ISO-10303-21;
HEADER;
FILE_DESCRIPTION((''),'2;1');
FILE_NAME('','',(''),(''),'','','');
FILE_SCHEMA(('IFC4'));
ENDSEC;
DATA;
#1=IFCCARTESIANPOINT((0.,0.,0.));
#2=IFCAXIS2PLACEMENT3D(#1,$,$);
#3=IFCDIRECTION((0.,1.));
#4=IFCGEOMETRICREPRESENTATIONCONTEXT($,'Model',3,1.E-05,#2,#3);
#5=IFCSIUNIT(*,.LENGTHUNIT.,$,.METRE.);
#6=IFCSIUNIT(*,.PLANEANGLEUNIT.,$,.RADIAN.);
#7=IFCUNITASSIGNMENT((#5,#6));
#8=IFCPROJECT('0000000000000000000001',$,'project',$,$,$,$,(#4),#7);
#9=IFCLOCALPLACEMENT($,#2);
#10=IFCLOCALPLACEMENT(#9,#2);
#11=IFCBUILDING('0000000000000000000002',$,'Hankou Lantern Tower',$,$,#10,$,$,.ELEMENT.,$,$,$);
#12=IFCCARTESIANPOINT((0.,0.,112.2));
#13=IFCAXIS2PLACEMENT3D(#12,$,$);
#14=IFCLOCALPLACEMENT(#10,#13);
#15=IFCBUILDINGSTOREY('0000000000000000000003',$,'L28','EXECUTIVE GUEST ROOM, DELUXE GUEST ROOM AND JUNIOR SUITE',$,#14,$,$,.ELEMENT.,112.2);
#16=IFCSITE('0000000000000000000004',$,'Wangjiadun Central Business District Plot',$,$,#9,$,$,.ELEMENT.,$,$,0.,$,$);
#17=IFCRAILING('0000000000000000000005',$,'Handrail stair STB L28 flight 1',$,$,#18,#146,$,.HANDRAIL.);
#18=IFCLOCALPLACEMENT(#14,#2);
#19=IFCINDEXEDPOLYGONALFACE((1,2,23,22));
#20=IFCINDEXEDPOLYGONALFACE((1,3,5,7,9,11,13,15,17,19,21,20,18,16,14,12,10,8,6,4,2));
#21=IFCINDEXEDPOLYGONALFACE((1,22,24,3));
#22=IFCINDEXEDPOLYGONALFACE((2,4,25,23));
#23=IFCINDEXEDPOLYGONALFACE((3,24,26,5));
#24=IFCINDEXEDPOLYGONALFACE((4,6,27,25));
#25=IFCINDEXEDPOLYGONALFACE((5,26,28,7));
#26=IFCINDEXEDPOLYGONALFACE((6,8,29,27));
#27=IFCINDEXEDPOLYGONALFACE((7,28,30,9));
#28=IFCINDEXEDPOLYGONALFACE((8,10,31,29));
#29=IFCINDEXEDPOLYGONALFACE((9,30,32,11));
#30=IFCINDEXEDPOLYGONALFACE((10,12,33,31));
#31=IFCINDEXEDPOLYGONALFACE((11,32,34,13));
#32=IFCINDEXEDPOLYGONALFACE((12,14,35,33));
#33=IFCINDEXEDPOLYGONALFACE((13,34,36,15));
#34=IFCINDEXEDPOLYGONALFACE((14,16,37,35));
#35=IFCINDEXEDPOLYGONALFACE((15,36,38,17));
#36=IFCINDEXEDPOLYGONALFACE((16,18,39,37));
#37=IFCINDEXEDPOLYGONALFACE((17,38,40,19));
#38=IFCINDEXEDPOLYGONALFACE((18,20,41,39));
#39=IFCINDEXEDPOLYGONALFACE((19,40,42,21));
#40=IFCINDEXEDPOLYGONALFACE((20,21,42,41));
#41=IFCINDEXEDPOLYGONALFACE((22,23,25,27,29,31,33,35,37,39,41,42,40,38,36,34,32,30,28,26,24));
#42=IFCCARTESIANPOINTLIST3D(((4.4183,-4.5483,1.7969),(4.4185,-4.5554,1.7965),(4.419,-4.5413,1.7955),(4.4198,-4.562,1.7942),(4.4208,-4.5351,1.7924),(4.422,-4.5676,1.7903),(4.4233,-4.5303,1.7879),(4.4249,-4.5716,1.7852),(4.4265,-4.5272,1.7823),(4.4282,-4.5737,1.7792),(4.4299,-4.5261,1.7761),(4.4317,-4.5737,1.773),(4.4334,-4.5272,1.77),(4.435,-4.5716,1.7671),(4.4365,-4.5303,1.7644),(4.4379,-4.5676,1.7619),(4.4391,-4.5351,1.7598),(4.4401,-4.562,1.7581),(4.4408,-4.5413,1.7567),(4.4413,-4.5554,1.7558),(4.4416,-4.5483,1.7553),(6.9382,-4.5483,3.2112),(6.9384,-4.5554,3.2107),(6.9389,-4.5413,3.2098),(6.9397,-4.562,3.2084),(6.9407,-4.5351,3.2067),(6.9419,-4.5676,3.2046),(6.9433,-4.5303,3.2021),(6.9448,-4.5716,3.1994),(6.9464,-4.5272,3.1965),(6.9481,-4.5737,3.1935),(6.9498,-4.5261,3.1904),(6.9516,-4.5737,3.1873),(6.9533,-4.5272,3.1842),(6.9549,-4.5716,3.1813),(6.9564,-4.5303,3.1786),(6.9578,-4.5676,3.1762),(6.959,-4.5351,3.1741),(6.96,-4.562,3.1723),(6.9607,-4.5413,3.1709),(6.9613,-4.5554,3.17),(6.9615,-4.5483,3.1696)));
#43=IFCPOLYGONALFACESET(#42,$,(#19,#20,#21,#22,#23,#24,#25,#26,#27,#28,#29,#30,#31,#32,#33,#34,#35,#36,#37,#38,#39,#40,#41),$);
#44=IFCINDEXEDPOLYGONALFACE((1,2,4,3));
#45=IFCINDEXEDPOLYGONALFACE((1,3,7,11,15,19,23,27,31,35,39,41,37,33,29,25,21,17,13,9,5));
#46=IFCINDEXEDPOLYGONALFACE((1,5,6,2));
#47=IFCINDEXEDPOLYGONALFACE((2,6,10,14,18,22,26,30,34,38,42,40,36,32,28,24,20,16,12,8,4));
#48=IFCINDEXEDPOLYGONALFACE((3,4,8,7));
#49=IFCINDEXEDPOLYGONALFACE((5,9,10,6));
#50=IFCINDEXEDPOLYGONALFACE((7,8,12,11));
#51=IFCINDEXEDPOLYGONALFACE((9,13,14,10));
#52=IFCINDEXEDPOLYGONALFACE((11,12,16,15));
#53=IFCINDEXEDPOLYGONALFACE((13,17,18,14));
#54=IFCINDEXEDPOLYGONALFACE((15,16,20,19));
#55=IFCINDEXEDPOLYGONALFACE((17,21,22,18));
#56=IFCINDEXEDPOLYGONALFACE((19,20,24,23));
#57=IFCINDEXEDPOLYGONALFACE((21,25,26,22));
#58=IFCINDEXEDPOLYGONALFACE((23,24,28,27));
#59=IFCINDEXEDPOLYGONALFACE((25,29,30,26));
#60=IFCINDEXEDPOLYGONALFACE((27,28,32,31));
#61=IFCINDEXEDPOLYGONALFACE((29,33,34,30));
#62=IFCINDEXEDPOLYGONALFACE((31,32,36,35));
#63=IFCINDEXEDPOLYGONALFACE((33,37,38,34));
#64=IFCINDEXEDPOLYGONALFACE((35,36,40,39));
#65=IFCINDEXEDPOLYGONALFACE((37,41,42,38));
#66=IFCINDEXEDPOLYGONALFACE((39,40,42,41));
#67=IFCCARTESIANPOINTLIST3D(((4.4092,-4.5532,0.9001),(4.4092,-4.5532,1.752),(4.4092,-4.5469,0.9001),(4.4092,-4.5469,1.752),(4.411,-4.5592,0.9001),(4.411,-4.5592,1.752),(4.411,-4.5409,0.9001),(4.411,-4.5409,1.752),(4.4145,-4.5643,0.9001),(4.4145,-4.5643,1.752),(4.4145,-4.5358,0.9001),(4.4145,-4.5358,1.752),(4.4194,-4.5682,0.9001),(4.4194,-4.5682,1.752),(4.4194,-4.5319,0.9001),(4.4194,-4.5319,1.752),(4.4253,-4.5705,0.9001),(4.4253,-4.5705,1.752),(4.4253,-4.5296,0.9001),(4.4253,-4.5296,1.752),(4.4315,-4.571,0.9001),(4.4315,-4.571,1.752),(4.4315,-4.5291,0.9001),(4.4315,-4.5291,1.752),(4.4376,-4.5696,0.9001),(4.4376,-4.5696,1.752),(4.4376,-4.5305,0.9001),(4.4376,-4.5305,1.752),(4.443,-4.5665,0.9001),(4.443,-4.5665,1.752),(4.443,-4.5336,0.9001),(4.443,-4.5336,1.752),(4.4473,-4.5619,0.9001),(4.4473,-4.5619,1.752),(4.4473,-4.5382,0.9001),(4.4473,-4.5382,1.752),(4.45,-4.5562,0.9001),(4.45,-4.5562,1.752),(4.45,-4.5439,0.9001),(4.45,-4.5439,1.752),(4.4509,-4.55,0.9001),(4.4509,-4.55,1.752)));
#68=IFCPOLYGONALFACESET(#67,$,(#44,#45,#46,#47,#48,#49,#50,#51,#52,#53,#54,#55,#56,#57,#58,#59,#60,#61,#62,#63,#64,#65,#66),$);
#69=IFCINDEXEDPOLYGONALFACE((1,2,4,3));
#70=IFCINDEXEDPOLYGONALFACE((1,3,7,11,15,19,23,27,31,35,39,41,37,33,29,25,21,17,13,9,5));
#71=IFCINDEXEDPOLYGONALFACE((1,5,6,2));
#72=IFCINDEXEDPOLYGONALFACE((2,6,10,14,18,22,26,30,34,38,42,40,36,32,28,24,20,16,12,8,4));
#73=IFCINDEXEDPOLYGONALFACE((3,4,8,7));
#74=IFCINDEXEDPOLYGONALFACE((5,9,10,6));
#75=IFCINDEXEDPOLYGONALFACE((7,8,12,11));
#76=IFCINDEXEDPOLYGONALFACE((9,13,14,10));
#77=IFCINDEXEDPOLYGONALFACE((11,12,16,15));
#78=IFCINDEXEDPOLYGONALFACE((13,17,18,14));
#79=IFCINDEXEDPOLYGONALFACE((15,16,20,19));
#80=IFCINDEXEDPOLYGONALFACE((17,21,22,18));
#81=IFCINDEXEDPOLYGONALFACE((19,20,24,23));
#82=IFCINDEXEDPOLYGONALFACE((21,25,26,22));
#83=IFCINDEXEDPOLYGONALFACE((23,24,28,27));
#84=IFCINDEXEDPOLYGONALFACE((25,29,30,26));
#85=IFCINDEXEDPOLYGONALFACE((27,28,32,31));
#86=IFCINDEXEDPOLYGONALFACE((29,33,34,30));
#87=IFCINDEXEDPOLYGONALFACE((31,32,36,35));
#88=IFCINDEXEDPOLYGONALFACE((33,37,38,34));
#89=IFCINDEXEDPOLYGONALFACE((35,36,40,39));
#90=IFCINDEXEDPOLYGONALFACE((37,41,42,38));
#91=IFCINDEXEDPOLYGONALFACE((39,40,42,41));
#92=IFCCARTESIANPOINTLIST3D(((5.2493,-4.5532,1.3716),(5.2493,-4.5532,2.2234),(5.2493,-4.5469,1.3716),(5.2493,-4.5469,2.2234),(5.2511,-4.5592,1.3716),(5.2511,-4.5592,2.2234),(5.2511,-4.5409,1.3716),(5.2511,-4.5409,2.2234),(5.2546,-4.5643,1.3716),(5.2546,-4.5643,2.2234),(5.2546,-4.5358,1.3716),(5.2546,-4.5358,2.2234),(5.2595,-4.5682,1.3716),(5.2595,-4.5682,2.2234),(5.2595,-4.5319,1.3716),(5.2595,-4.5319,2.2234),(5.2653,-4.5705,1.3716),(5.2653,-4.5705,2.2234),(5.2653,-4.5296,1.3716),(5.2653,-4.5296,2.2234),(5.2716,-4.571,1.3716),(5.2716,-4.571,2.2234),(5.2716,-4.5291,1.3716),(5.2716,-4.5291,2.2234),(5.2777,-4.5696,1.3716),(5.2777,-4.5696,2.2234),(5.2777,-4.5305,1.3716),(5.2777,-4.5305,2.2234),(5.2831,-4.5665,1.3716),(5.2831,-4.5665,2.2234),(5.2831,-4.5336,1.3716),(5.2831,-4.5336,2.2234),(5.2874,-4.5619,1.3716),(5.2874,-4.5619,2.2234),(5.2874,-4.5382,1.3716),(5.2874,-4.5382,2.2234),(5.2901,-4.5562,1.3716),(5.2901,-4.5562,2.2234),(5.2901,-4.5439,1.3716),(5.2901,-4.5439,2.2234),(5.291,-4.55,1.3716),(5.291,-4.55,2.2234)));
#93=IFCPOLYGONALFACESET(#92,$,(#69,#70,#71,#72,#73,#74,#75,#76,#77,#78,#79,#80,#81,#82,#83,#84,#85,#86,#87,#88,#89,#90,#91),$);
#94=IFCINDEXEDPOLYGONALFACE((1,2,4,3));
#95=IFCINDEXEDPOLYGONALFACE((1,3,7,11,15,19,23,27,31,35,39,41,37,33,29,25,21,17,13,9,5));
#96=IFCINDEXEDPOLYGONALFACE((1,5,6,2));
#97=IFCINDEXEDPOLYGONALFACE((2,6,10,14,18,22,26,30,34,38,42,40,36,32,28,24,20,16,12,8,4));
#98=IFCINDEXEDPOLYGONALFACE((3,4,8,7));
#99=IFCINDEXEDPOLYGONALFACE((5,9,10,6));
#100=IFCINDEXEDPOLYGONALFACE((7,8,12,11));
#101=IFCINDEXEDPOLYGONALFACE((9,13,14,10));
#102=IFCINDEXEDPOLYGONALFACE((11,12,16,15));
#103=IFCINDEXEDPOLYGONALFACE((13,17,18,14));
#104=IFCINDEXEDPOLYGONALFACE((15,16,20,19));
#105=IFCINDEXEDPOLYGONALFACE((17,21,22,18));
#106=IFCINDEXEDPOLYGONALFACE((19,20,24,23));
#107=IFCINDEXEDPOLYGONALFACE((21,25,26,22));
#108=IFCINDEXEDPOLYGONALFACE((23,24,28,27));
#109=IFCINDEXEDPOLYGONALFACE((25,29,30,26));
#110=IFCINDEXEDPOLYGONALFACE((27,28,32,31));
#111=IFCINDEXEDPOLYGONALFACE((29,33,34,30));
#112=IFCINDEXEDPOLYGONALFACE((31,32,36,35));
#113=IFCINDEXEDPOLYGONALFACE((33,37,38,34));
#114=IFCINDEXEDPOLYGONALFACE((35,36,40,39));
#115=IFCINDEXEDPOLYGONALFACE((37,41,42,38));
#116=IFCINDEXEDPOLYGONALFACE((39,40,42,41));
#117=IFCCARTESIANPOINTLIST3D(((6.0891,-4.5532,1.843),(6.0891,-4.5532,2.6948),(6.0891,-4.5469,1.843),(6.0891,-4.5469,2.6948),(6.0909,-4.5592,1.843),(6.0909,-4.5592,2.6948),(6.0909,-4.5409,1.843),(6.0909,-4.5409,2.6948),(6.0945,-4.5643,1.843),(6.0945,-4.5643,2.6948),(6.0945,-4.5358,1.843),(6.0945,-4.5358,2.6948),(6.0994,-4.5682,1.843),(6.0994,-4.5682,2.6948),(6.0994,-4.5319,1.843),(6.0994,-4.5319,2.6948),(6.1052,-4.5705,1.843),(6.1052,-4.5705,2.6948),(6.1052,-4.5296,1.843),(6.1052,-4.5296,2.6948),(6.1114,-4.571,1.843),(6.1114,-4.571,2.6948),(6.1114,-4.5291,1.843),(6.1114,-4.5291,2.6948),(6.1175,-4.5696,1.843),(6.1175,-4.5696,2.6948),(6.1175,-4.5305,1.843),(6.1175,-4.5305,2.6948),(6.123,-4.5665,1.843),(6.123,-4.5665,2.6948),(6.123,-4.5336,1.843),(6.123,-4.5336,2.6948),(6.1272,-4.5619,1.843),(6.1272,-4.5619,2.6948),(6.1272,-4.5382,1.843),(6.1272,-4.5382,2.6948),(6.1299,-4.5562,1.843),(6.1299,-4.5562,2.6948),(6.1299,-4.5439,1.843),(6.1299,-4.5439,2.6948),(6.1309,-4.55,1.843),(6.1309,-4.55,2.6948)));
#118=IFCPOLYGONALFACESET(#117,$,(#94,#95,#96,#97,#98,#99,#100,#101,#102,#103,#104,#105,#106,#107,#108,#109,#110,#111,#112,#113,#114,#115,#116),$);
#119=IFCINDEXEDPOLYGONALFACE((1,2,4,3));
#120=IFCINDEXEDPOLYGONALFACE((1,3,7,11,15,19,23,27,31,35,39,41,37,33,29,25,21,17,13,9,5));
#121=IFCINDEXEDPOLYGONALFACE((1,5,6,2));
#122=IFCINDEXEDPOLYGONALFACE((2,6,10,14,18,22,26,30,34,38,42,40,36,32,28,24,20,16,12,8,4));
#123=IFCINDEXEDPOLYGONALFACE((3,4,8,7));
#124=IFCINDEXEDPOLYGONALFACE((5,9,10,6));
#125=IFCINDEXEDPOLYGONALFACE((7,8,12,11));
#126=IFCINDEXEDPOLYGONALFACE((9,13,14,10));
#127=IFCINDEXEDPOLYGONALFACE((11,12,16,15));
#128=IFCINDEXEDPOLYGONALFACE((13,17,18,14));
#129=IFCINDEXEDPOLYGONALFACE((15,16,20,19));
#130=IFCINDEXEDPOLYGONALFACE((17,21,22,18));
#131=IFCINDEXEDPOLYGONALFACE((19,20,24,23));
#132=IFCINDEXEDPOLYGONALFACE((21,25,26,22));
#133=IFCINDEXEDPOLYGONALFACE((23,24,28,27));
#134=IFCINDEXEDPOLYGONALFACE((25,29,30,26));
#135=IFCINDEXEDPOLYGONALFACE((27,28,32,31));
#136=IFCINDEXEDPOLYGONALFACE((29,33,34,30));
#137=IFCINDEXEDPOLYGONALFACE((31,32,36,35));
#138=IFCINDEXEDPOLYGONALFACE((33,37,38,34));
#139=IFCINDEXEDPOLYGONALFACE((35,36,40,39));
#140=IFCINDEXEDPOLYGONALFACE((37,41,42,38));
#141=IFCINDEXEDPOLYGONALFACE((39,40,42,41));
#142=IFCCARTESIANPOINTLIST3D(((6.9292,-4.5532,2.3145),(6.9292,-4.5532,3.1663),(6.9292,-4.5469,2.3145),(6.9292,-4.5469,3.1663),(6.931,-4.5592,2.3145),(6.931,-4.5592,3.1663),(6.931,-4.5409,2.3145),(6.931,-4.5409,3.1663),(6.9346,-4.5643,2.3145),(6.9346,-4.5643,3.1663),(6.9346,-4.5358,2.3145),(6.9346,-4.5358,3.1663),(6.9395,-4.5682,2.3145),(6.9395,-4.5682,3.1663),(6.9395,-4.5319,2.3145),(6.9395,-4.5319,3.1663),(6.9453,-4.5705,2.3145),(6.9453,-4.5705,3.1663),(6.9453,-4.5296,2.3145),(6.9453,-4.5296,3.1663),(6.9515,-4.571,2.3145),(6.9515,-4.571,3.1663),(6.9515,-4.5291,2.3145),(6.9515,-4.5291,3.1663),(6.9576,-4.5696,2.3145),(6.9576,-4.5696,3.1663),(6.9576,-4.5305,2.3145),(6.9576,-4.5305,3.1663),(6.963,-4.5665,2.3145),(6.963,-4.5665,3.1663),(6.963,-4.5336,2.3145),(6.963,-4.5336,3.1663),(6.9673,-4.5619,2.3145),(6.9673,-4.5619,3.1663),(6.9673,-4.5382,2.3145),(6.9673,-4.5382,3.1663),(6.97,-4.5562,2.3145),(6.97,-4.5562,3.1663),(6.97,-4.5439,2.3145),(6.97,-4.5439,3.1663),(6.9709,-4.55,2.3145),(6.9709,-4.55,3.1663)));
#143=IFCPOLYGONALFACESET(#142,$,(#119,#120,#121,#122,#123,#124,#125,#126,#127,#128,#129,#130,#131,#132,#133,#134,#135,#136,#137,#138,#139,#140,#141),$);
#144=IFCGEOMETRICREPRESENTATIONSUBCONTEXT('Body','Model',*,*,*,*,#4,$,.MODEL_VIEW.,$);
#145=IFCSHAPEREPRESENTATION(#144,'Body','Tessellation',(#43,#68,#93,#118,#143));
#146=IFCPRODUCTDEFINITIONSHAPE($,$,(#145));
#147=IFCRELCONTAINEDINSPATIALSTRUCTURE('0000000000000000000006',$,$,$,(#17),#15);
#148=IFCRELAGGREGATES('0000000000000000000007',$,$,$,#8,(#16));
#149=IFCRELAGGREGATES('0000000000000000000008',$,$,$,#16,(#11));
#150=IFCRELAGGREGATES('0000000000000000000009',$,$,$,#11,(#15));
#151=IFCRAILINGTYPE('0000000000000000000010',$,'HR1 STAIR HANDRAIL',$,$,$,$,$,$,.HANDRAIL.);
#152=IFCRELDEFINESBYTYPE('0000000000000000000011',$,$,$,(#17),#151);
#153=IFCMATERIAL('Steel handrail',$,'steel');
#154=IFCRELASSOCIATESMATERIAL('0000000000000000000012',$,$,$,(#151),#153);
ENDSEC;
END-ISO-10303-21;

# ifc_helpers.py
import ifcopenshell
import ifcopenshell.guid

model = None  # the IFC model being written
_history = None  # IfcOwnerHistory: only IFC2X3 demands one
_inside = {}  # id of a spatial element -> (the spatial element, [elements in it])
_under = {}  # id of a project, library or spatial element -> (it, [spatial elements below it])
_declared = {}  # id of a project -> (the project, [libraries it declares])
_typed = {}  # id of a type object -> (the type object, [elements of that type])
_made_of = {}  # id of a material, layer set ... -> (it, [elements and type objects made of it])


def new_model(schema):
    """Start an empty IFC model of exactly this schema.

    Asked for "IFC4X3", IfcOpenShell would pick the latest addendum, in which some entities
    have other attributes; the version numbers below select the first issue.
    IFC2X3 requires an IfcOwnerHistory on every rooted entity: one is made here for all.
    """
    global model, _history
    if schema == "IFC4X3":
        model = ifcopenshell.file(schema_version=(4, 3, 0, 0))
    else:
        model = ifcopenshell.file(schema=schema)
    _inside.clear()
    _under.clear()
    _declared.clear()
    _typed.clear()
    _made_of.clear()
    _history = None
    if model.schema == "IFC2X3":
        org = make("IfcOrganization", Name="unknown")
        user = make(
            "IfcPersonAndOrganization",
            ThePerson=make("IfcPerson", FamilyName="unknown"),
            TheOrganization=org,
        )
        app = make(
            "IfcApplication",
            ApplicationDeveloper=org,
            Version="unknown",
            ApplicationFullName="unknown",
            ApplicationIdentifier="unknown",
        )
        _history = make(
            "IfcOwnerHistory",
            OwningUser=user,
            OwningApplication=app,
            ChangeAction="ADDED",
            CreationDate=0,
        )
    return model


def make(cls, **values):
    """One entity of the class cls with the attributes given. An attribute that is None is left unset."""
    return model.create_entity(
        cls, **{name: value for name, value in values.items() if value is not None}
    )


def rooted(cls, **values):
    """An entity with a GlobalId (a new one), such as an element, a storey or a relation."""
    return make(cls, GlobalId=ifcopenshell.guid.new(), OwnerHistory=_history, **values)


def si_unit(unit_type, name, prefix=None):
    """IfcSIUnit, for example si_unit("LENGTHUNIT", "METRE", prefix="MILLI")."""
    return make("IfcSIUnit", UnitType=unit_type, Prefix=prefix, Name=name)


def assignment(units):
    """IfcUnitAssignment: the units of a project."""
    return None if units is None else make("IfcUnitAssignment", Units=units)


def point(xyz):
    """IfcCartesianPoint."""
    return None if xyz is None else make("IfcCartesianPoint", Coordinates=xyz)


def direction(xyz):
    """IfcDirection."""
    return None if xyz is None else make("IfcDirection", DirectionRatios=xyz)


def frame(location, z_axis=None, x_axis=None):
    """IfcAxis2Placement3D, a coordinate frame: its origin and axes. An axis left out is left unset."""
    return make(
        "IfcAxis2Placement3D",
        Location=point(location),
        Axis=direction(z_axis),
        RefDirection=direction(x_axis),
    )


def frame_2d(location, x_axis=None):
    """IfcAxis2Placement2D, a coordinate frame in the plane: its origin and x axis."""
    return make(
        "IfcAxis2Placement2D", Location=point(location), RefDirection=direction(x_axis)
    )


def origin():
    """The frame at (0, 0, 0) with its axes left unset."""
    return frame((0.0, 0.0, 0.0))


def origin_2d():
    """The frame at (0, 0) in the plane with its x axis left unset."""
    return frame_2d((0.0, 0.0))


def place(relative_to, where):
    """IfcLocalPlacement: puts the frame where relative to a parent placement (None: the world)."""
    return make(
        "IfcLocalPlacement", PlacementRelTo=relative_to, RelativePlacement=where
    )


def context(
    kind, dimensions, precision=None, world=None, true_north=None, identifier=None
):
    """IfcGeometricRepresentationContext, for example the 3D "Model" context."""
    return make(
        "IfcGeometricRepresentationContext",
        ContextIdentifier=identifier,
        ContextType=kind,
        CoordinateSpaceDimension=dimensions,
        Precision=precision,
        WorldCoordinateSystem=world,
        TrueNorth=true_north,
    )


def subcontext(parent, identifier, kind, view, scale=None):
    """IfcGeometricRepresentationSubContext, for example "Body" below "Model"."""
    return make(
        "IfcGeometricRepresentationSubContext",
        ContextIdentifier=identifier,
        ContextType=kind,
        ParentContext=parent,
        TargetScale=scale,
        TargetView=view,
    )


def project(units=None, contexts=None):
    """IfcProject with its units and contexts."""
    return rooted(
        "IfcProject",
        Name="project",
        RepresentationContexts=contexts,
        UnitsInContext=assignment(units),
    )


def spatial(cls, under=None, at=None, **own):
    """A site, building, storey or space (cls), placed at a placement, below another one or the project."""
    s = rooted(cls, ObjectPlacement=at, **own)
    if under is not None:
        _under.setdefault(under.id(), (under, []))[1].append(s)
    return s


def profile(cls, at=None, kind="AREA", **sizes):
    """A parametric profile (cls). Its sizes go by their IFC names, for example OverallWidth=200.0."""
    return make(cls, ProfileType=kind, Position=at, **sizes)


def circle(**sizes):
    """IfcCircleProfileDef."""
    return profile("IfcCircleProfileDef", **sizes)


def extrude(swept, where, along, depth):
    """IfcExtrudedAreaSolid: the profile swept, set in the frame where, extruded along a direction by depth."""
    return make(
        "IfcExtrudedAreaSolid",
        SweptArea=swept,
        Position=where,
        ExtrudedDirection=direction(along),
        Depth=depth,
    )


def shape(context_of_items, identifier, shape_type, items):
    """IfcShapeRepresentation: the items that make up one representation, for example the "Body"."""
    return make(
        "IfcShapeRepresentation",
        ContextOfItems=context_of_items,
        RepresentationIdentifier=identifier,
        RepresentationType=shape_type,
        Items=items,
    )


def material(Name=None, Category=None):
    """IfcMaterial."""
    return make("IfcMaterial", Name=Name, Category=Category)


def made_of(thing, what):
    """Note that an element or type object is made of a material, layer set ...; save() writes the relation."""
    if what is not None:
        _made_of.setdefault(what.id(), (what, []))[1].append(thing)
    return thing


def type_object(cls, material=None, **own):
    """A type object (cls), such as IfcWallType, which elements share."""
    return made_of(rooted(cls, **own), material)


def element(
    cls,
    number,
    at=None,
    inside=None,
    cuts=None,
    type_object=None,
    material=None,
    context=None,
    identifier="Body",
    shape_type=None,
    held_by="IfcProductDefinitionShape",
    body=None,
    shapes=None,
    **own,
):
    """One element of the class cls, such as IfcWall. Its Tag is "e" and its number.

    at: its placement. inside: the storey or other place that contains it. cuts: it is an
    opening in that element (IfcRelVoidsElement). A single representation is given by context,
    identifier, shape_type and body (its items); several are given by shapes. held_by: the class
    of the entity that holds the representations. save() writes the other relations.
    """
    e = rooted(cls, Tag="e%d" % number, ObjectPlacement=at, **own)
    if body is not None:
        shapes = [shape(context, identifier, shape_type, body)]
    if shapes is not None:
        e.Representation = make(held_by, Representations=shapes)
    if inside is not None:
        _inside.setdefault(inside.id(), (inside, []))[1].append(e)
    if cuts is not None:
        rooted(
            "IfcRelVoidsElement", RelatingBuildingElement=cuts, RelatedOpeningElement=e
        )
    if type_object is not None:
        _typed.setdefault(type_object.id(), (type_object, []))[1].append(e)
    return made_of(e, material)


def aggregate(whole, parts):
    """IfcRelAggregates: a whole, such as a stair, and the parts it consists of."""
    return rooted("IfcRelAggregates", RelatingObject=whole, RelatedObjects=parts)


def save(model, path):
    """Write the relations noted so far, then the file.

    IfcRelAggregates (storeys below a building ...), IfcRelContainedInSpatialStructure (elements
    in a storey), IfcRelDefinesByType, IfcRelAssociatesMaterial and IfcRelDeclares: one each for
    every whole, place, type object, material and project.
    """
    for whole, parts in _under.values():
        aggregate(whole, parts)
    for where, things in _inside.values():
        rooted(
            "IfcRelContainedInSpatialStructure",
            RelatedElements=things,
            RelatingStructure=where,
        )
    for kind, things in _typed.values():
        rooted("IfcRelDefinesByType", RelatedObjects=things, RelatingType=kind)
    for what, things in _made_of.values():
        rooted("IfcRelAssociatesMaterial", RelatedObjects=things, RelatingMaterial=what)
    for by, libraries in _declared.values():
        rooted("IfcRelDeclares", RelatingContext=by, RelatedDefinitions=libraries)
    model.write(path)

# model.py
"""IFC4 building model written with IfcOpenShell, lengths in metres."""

from ifc_helpers import new_model, si_unit, direction, frame, origin, origin_2d, place, context, subcontext, project, spatial, circle, extrude, material, type_object, element, save


model = new_model("IFC4")

# Units and contexts
model_context = context("Model", 3, precision=1e-05, world=origin(), true_north=direction((0.0, 1.0)))
body_context = subcontext(model_context, "Body", "Model", "MODEL_VIEW")
ifc_project = project(units=[si_unit("LENGTHUNIT", "METRE"), si_unit("PLANEANGLEUNIT", "RADIAN")], contexts=[model_context])

# Site, building, storey
site_placement = place(None, origin())
site = spatial("IfcSite", under=ifc_project, at=site_placement, Name="Wangjiadun Central Business District Plot", CompositionType="ELEMENT", RefElevation=0.0)
building_placement = place(site_placement, origin())
building = spatial("IfcBuilding", under=site, at=building_placement, Name="Hankou Lantern Tower", CompositionType="ELEMENT")
storey_placement = place(building_placement, frame((0.0, 0.0, 112.2)))
storey = spatial("IfcBuildingStorey", under=building, at=storey_placement, Name="L28", Description="EXECUTIVE GUEST ROOM, DELUXE GUEST ROOM AND JUNIOR SUITE", CompositionType="ELEMENT", Elevation=112.2)

# Railing
ifc_material_1 = material(Name="Steel handrail", Category="steel")
railing_type = type_object("IfcRailingType", Name="HR1 STAIR HANDRAIL", PredefinedType="HANDRAIL", material=ifc_material_1)
railing_1_placement = place(storey_placement, frame((4.4299, -4.55, 0.9001)))
element("IfcRailing", 1, at=railing_1_placement, inside=storey, type_object=railing_type, Name="Handrail stair STB L28 flight 1", PredefinedType="HANDRAIL", context=body_context, shape_type="SweptSolid", body=[
    extrude(circle(Radius=0.0239, at=origin_2d()), frame((0.0, 0.0, 0.876), z_axis=(0.872049, 0.0, 0.489419), x_axis=(0.0, 1.0, 0.0)), (0.0, 0.0, 1.0), 2.8896),
    extrude(circle(Radius=0.021, at=origin_2d()), origin(), (0.0, 0.0, 1.0), 0.8518),
    extrude(circle(Radius=0.021, at=origin_2d()), frame((0.8401, 0.0, 0.4714)), (0.0, 0.0, 1.0), 0.8518),
    extrude(circle(Radius=0.021, at=origin_2d()), frame((1.6799, 0.0, 0.9429)), (0.0, 0.0, 1.0), 0.8518),
    extrude(circle(Radius=0.021, at=origin_2d()), frame((2.52, 0.0, 1.4143)), (0.0, 0.0, 1.0), 0.8518),
])

save(model, "model.ifc")
